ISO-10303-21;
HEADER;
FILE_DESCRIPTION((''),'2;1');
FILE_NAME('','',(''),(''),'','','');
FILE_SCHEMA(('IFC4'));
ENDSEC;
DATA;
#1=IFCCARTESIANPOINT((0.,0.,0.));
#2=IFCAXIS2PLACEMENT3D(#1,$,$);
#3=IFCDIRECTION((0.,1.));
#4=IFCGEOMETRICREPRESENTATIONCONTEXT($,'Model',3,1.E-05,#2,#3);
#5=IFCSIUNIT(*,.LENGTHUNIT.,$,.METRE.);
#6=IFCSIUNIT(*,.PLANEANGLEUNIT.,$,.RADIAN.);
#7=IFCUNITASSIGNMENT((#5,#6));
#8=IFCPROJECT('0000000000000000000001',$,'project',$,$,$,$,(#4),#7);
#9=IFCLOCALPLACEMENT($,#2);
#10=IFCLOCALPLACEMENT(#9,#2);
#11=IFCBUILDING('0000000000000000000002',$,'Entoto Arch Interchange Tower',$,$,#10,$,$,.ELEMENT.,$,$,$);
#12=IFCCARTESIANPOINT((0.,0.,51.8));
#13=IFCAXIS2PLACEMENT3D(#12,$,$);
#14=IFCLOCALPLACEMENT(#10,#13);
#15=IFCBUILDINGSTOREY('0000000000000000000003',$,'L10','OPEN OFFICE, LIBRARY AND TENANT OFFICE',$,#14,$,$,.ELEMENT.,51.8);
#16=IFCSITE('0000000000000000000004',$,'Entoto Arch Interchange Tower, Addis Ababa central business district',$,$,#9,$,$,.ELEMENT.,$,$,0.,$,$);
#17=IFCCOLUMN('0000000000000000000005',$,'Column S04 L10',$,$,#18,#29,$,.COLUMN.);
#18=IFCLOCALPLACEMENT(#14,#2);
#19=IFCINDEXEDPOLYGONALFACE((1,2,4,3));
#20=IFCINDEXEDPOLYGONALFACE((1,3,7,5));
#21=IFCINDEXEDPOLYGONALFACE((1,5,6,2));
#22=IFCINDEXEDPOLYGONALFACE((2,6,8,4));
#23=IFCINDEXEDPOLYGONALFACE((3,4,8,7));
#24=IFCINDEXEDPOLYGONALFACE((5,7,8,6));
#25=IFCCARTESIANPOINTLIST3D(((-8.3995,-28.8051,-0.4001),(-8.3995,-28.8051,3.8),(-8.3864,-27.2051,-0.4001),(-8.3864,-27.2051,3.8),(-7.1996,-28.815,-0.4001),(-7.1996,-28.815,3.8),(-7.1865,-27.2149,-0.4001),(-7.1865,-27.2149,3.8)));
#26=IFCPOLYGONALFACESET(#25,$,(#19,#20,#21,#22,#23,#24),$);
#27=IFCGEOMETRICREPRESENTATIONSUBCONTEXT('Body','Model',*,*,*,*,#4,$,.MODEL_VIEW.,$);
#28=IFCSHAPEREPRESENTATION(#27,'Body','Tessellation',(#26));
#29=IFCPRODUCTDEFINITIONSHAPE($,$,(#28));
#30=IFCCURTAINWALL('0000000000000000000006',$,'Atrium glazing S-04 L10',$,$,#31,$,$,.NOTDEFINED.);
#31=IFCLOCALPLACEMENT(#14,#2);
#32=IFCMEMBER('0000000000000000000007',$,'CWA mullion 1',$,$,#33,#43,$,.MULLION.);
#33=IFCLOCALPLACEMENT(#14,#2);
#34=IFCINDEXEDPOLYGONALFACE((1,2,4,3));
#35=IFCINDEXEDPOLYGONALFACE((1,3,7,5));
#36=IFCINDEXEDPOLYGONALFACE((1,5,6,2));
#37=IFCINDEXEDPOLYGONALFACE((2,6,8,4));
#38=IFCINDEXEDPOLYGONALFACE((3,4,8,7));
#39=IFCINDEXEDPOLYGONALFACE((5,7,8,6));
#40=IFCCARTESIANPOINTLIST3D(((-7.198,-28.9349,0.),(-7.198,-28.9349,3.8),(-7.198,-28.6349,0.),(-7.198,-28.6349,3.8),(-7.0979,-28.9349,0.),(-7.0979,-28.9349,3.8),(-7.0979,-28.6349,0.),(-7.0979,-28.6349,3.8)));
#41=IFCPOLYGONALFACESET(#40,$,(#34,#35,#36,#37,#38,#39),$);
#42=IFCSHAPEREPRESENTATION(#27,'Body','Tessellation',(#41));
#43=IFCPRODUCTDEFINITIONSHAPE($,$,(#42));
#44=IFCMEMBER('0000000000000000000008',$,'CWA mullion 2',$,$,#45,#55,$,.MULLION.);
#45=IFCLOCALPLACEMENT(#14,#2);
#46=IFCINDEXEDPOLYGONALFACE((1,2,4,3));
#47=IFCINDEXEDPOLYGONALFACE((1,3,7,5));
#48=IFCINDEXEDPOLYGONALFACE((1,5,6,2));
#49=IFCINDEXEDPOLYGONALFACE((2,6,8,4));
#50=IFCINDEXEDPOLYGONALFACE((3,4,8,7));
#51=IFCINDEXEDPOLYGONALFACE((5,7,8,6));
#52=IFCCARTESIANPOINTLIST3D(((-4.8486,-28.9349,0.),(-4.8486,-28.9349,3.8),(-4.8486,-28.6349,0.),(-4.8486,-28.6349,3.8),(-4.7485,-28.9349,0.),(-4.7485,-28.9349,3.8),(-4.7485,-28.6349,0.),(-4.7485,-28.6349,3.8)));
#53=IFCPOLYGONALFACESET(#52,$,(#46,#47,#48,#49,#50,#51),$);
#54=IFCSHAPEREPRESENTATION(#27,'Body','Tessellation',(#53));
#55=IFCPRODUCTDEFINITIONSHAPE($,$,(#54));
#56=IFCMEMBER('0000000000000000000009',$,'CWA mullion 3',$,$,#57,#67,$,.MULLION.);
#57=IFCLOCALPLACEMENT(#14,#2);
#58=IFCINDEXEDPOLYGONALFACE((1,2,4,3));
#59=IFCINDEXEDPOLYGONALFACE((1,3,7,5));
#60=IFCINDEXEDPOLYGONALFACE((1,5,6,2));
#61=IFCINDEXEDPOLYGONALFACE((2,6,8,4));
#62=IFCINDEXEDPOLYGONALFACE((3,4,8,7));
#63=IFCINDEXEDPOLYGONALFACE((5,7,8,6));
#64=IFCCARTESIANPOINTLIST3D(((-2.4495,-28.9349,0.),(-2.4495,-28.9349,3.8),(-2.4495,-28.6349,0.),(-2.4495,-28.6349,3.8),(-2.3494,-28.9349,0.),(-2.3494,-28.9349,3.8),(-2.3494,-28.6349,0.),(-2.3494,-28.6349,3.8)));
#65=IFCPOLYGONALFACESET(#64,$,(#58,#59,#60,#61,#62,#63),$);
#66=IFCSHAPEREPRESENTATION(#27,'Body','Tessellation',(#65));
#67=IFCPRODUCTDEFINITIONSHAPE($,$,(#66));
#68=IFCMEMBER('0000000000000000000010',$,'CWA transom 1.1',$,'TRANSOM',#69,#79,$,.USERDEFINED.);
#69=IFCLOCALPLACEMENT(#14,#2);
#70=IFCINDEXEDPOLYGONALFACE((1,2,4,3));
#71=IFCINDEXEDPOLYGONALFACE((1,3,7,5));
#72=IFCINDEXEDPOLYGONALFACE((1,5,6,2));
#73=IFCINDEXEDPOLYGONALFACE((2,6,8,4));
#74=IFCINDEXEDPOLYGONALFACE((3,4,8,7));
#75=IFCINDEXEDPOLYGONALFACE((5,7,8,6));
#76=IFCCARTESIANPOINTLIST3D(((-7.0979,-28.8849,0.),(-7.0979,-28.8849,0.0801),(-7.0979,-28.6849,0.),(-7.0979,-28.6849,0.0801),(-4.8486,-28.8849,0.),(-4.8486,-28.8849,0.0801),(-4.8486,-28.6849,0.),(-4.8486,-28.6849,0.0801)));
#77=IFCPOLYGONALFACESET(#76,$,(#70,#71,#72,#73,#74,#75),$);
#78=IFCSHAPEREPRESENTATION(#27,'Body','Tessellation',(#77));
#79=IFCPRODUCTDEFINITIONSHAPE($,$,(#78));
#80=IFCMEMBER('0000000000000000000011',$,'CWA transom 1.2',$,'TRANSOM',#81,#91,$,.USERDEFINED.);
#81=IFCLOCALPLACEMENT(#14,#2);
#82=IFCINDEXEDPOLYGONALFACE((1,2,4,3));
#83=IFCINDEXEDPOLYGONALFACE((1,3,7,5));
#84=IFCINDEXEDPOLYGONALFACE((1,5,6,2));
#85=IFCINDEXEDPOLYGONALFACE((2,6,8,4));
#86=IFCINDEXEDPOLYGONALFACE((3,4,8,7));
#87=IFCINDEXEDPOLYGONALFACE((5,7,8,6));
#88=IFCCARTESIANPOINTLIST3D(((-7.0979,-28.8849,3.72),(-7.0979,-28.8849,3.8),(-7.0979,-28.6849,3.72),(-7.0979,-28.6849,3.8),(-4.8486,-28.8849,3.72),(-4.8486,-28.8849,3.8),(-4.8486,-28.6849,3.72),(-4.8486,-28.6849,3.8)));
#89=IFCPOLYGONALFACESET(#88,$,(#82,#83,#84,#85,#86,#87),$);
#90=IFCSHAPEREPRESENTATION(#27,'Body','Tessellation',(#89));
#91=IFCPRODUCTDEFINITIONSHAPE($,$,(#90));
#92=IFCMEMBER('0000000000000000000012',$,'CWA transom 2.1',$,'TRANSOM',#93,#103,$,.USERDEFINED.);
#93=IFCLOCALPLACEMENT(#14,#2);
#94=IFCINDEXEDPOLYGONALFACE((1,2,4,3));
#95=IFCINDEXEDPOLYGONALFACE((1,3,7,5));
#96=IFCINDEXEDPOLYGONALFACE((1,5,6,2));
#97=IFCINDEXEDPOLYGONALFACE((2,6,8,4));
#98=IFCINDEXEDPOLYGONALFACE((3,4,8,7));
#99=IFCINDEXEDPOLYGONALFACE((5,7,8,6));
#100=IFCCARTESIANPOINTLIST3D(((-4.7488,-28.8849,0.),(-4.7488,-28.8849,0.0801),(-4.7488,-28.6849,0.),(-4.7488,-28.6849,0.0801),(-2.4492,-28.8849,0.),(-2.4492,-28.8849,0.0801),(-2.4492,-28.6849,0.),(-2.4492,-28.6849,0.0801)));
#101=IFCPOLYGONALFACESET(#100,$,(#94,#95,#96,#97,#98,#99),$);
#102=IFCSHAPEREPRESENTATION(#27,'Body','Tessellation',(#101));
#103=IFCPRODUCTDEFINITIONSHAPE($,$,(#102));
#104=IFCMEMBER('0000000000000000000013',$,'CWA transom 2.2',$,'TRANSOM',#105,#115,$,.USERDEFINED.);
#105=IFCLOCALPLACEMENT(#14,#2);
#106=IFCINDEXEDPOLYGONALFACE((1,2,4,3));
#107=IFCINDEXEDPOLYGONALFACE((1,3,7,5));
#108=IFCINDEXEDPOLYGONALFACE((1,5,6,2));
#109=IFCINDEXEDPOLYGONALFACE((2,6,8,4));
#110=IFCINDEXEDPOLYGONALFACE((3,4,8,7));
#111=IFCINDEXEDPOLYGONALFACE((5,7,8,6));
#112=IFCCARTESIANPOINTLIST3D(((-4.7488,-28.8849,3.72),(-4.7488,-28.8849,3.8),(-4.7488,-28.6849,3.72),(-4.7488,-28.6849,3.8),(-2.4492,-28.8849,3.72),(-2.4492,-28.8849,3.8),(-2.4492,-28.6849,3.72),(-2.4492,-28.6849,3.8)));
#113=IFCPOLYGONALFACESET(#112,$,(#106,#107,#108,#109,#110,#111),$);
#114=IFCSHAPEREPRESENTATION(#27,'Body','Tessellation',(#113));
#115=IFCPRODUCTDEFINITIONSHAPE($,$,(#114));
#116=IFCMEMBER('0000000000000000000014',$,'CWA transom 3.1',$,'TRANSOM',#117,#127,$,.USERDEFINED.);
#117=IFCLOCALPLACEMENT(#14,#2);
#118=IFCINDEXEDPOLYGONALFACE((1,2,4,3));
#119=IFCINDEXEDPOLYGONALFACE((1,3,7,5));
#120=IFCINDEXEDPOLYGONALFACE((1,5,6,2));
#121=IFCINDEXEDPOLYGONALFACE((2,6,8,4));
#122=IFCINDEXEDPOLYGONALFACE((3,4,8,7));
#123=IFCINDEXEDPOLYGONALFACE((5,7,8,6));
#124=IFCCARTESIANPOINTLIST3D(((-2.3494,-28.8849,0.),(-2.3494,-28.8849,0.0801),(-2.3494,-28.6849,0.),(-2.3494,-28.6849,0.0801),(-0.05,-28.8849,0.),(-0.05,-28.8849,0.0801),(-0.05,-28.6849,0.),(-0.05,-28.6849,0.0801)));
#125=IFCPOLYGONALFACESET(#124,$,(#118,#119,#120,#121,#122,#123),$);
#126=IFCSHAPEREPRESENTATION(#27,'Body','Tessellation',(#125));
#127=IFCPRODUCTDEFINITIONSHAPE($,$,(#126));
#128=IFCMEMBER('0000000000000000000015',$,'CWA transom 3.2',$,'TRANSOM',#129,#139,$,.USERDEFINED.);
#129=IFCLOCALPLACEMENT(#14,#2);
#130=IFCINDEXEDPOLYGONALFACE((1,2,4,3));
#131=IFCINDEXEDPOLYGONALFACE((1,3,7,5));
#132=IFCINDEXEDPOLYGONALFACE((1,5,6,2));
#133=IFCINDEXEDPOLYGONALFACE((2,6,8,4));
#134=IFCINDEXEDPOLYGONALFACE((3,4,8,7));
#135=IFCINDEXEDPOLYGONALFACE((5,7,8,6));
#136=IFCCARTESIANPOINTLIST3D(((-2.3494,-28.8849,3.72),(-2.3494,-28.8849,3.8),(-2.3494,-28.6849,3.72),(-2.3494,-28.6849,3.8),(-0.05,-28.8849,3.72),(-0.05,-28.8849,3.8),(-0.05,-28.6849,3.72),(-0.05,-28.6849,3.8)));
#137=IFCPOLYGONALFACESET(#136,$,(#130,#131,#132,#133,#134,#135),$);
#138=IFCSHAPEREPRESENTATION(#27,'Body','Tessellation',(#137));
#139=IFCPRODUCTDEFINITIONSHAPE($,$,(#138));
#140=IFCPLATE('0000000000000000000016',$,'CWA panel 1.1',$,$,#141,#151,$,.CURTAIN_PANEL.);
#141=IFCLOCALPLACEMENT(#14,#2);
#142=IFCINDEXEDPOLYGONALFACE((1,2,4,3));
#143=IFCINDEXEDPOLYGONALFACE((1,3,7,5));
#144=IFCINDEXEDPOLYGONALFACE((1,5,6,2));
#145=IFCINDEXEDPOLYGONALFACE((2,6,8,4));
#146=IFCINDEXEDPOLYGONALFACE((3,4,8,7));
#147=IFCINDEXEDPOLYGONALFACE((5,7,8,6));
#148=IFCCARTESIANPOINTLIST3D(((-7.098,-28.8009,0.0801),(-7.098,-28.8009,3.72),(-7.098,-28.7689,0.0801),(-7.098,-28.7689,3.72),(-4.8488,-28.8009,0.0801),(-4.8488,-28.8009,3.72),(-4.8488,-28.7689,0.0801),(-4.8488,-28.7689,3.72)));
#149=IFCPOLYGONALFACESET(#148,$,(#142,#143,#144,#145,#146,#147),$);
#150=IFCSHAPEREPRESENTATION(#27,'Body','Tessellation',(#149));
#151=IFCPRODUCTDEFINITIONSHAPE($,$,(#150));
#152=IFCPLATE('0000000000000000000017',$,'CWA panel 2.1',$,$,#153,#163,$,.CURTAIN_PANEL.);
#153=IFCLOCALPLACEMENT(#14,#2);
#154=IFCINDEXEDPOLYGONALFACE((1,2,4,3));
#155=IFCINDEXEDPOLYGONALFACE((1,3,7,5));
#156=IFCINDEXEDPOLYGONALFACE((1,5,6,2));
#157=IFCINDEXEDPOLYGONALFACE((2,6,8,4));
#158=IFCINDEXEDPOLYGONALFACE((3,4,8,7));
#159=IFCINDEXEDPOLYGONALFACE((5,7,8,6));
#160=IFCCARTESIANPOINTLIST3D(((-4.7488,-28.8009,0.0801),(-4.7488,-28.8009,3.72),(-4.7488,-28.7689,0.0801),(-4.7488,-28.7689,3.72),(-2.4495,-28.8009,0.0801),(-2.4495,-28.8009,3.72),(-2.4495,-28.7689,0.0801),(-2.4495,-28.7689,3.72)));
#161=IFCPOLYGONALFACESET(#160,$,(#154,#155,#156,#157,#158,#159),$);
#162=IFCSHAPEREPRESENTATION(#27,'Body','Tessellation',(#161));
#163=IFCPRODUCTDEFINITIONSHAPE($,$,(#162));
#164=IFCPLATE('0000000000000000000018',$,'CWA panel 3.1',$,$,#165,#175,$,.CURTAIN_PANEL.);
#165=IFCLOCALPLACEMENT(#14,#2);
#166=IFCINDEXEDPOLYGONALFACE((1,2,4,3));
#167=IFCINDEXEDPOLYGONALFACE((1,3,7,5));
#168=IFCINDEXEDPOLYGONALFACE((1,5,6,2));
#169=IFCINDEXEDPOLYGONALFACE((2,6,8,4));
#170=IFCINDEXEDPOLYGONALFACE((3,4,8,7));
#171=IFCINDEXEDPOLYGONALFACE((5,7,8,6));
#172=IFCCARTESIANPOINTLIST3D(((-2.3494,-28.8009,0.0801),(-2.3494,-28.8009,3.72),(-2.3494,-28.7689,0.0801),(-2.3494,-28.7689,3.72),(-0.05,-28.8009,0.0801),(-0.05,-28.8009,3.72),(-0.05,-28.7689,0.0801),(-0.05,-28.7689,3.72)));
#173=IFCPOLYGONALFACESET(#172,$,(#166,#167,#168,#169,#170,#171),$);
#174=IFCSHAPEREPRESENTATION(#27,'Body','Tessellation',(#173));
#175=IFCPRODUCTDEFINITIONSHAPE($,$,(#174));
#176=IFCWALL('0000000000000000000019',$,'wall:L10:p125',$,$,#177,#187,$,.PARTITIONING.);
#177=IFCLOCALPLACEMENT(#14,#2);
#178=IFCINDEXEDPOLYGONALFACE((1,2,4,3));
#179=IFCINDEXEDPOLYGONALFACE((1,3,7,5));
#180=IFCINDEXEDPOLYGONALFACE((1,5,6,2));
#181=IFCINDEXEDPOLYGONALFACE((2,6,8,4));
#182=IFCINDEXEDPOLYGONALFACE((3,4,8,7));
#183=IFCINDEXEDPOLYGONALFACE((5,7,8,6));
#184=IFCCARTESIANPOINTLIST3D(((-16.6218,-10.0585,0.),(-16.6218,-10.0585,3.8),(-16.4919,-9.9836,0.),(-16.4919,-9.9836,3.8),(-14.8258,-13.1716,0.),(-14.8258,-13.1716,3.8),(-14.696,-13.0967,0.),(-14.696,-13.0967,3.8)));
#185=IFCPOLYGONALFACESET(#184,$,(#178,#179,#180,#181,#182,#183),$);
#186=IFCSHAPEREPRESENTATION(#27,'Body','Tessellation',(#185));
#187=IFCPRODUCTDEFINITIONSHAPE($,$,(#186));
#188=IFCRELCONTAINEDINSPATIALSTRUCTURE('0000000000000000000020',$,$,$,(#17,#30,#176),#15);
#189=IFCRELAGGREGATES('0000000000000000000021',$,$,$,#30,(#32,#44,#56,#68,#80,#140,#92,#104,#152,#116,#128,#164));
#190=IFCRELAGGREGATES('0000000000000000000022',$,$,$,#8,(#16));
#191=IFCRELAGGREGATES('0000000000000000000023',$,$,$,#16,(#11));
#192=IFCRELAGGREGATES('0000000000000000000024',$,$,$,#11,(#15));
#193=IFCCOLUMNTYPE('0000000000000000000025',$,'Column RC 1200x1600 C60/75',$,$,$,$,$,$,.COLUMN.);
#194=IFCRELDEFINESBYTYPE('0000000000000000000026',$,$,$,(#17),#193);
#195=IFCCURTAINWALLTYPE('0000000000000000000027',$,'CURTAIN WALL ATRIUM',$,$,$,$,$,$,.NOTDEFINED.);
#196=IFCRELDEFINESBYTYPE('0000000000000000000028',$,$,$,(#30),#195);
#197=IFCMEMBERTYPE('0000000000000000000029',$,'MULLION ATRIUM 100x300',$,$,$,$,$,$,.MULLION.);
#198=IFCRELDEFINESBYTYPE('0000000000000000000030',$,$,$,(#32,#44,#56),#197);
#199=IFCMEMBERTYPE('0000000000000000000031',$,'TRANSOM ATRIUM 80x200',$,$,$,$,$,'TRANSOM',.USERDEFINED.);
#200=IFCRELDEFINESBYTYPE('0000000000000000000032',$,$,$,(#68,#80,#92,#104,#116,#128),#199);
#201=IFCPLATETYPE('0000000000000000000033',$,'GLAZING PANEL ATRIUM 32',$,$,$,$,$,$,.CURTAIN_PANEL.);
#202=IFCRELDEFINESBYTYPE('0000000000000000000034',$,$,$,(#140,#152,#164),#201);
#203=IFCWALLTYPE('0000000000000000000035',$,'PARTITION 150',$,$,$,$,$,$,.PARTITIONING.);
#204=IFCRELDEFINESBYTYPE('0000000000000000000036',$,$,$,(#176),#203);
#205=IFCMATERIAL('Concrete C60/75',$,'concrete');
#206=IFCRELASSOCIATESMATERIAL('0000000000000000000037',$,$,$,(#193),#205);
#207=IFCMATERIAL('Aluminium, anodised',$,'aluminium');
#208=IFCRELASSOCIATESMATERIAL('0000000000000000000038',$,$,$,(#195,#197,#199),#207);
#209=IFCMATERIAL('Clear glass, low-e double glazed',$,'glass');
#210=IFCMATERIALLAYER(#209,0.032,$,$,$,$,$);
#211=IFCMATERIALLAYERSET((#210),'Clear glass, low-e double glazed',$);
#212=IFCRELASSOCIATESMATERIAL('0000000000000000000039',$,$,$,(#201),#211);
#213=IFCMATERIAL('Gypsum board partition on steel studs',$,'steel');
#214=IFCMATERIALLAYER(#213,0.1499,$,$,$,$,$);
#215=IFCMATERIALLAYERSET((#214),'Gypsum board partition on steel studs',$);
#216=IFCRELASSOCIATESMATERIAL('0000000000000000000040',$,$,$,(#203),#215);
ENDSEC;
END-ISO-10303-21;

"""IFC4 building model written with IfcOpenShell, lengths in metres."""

from ifc_helpers import new_model, si_unit, direction, frame, frame_2d, origin, origin_2d, place, context, subcontext, project, spatial, rectangle, extrude, material, layer, layer_set, material_profile, profile_set, type_object, element, aggregate, save


model = new_model("IFC4")

# Units and contexts
model_context = context("Model", 3, precision=1e-05, world=origin(), true_north=direction((0.0, 1.0)))
body_context = subcontext(model_context, "Body", "Model", "MODEL_VIEW")
ifc_project = project(units=[si_unit("LENGTHUNIT", "METRE"), si_unit("PLANEANGLEUNIT", "RADIAN")], contexts=[model_context])

# Site, building, storey
site_placement = place(None, origin())
site = spatial("IfcSite", under=ifc_project, at=site_placement, Name="Entoto Arch Interchange Tower, Addis Ababa central business district", CompositionType="ELEMENT", RefElevation=0.0)
building_placement = place(site_placement, origin())
building = spatial("IfcBuilding", under=site, at=building_placement, Name="Entoto Arch Interchange Tower", CompositionType="ELEMENT")
storey_placement = place(building_placement, frame((0.0, 0.0, 51.8)))
storey = spatial("IfcBuildingStorey", under=building, at=storey_placement, Name="L10", Description="OPEN OFFICE, LIBRARY AND TENANT OFFICE", CompositionType="ELEMENT", Elevation=51.8)

# Column
ifc_material_1 = material(Name="Concrete C60/75", Category="concrete")
ifc_material_profile_1 = material_profile(ifc_material_1, rectangle(XDim=1.2, YDim=1.6001, at=origin_2d()))
ifc_profile_set_1 = profile_set([ifc_material_profile_1], Name="Concrete C60/75")
column_type = type_object("IfcColumnType", Name="Column RC 1200x1600 C60/75", PredefinedType="COLUMN", material=ifc_profile_set_1)
column_placement = place(storey_placement, frame((-7.793, -28.01, -0.4001), z_axis=(0.0, 0.0, 1.0), x_axis=(-0.999966, 0.008203, 0.0)))
element("IfcColumn", 1, at=column_placement, inside=storey, type_object=column_type, Name="Column S04 L10", PredefinedType="COLUMN", context=body_context, shape_type="SweptSolid", body=[
    extrude(rectangle(XDim=1.2, YDim=1.6001, at=origin_2d()), origin(), (0.0, 0.0, 1.0), 4.2002),
])

# Curtain wall, members, plates
ifc_material_2 = material(Name="Aluminium, anodised", Category="aluminium")
curtain_wall_type = type_object("IfcCurtainWallType", Name="CURTAIN WALL ATRIUM", PredefinedType="NOTDEFINED", material=ifc_material_2)
curtain_wall_placement = place(storey_placement, origin())
curtain_wall = element("IfcCurtainWall", 2, at=curtain_wall_placement, inside=storey, type_object=curtain_wall_type, Name="Atrium glazing S-04 L10", PredefinedType="NOTDEFINED")
ifc_material_profile_2 = material_profile(ifc_material_2, rectangle(XDim=0.3, YDim=0.1001, at=origin_2d()))
ifc_profile_set_2 = profile_set([ifc_material_profile_2], Name="Aluminium, anodised")
member_type_1 = type_object("IfcMemberType", Name="MULLION ATRIUM 100x300", PredefinedType="MULLION", material=ifc_profile_set_2)
member_1_placement = place(storey_placement, frame((-7.1479, -28.7849, 0.0), z_axis=(0.0, 0.0, 1.0), x_axis=(0.0, 1.0, 0.0)))
member_1 = element("IfcMember", 3, at=member_1_placement, type_object=member_type_1, Name="CWA mullion 1", PredefinedType="MULLION", context=body_context, shape_type="SweptSolid", body=[
    extrude(rectangle(XDim=0.3, YDim=0.1001, at=origin_2d()), origin(), (0.0, 0.0, 1.0), 3.8),
])
member_2_placement = place(storey_placement, frame((-4.7986, -28.7849, 0.0), z_axis=(0.0, 0.0, 1.0), x_axis=(0.0, 1.0, 0.0)))
member_2 = element("IfcMember", 4, at=member_2_placement, type_object=member_type_1, Name="CWA mullion 2", PredefinedType="MULLION", context=body_context, shape_type="SweptSolid", body=[
    extrude(rectangle(XDim=0.3, YDim=0.1001, at=origin_2d()), origin(), (0.0, 0.0, 1.0), 3.8),
])
member_3_placement = place(storey_placement, frame((-2.3994, -28.7849, 0.0), z_axis=(0.0, 0.0, 1.0), x_axis=(0.0, 1.0, 0.0)))
member_3 = element("IfcMember", 5, at=member_3_placement, type_object=member_type_1, Name="CWA mullion 3", PredefinedType="MULLION", context=body_context, shape_type="SweptSolid", body=[
    extrude(rectangle(XDim=0.3, YDim=0.1001, at=origin_2d()), origin(), (0.0, 0.0, 1.0), 3.8),
])
ifc_material_profile_3 = material_profile(ifc_material_2, rectangle(XDim=0.2, YDim=0.0801, at=origin_2d()))
ifc_profile_set_3 = profile_set([ifc_material_profile_3], Name="Aluminium, anodised")
member_type_2 = type_object("IfcMemberType", Name="TRANSOM ATRIUM 80x200", ElementType="TRANSOM", PredefinedType="USERDEFINED", material=ifc_profile_set_3)
member_4_placement = place(storey_placement, frame((-7.0979, -28.7849, 0.04), z_axis=(1.0, 0.0, 0.0), x_axis=(0.0, 1.0, 0.0)))
member_4 = element("IfcMember", 6, at=member_4_placement, type_object=member_type_2, Name="CWA transom 1.1", ObjectType="TRANSOM", PredefinedType="USERDEFINED", context=body_context, shape_type="SweptSolid", body=[
    extrude(rectangle(XDim=0.2, YDim=0.0801, at=origin_2d()), origin(), (0.0, 0.0, 1.0), 2.2493),
])
member_5_placement = place(storey_placement, frame((-7.0979, -28.7849, 3.76), z_axis=(1.0, 0.0, 0.0), x_axis=(0.0, 1.0, 0.0)))
member_5 = element("IfcMember", 7, at=member_5_placement, type_object=member_type_2, Name="CWA transom 1.2", ObjectType="TRANSOM", PredefinedType="USERDEFINED", context=body_context, shape_type="SweptSolid", body=[
    extrude(rectangle(XDim=0.2, YDim=0.0801, at=origin_2d()), origin(), (0.0, 0.0, 1.0), 2.2493),
])
member_6_placement = place(storey_placement, frame((-4.7488, -28.7849, 0.04), z_axis=(1.0, 0.0, 0.0), x_axis=(0.0, 1.0, 0.0)))
member_6 = element("IfcMember", 8, at=member_6_placement, type_object=member_type_2, Name="CWA transom 2.1", ObjectType="TRANSOM", PredefinedType="USERDEFINED", context=body_context, shape_type="SweptSolid", body=[
    extrude(rectangle(XDim=0.2, YDim=0.0801, at=origin_2d()), origin(), (0.0, 0.0, 1.0), 2.2996),
])
member_7_placement = place(storey_placement, frame((-4.7488, -28.7849, 3.76), z_axis=(1.0, 0.0, 0.0), x_axis=(0.0, 1.0, 0.0)))
member_7 = element("IfcMember", 9, at=member_7_placement, type_object=member_type_2, Name="CWA transom 2.2", ObjectType="TRANSOM", PredefinedType="USERDEFINED", context=body_context, shape_type="SweptSolid", body=[
    extrude(rectangle(XDim=0.2, YDim=0.0801, at=origin_2d()), origin(), (0.0, 0.0, 1.0), 2.2996),
])
member_8_placement = place(storey_placement, frame((-2.3494, -28.7849, 0.04), z_axis=(1.0, 0.0, 0.0), x_axis=(0.0, 1.0, 0.0)))
member_8 = element("IfcMember", 10, at=member_8_placement, type_object=member_type_2, Name="CWA transom 3.1", ObjectType="TRANSOM", PredefinedType="USERDEFINED", context=body_context, shape_type="SweptSolid", body=[
    extrude(rectangle(XDim=0.2, YDim=0.0801, at=origin_2d()), origin(), (0.0, 0.0, 1.0), 2.2993),
])
member_9_placement = place(storey_placement, frame((-2.3494, -28.7849, 3.76), z_axis=(1.0, 0.0, 0.0), x_axis=(0.0, 1.0, 0.0)))
member_9 = element("IfcMember", 11, at=member_9_placement, type_object=member_type_2, Name="CWA transom 3.2", ObjectType="TRANSOM", PredefinedType="USERDEFINED", context=body_context, shape_type="SweptSolid", body=[
    extrude(rectangle(XDim=0.2, YDim=0.0801, at=origin_2d()), origin(), (0.0, 0.0, 1.0), 2.2993),
])
ifc_material_3 = material(Name="Clear glass, low-e double glazed", Category="glass")
ifc_layer_1 = layer(ifc_material_3, 0.032)
ifc_layer_set_1 = layer_set([ifc_layer_1], Name="Clear glass, low-e double glazed")
plate_type = type_object("IfcPlateType", Name="GLAZING PANEL ATRIUM 32", PredefinedType="CURTAIN_PANEL", material=ifc_layer_set_1)
plate_1_placement = place(storey_placement, frame((-5.9734, -28.7849, 0.0801), z_axis=(0.0, 0.0, 1.0), x_axis=(1.0, 0.0, 0.0)))
plate_1 = element("IfcPlate", 12, at=plate_1_placement, type_object=plate_type, Name="CWA panel 1.1", PredefinedType="CURTAIN_PANEL", context=body_context, shape_type="SweptSolid", body=[
    extrude(rectangle(XDim=2.2493, YDim=0.032, at=origin_2d()), origin(), (0.0, 0.0, 1.0), 3.6399),
])
plate_2_placement = place(storey_placement, frame((-3.5991, -28.7849, 0.0801), z_axis=(0.0, 0.0, 1.0), x_axis=(1.0, 0.0, 0.0)))
plate_2 = element("IfcPlate", 13, at=plate_2_placement, type_object=plate_type, Name="CWA panel 2.1", PredefinedType="CURTAIN_PANEL", context=body_context, shape_type="SweptSolid", body=[
    extrude(rectangle(XDim=2.2993, YDim=0.032, at=origin_2d()), origin(), (0.0, 0.0, 1.0), 3.6399),
])
plate_3_placement = place(storey_placement, frame((-1.1997, -28.7849, 0.0801), z_axis=(0.0, 0.0, 1.0), x_axis=(1.0, 0.0, 0.0)))
plate_3 = element("IfcPlate", 14, at=plate_3_placement, type_object=plate_type, Name="CWA panel 3.1", PredefinedType="CURTAIN_PANEL", context=body_context, shape_type="SweptSolid", body=[
    extrude(rectangle(XDim=2.2993, YDim=0.032, at=origin_2d()), origin(), (0.0, 0.0, 1.0), 3.6399),
])
aggregate(curtain_wall, [member_1, member_2, member_3, member_4, member_5, plate_1, member_6, member_7, plate_2, member_8, member_9, plate_3])

# Wall
ifc_material_4 = material(Name="Gypsum board partition on steel studs", Category="steel")
ifc_layer_2 = layer(ifc_material_4, 0.1499)
ifc_layer_set_2 = layer_set([ifc_layer_2], Name="Gypsum board partition on steel studs")
wall_type_1 = type_object("IfcWallType", Name="PARTITION 150", PredefinedType="PARTITIONING", material=ifc_layer_set_2)
wall_1_placement = place(storey_placement, frame((-14.761, -13.134, 0.0), z_axis=(0.0, 0.0, 1.0), x_axis=(-0.499705, 0.866196, 0.0)))
element("IfcWall", 15, at=wall_1_placement, inside=storey, type_object=wall_type_1, Name="wall:L10:p125", PredefinedType="PARTITIONING", context=body_context, shape_type="SweptSolid", body=[
    extrude(rectangle(XDim=3.594, YDim=0.1499, at=frame_2d((1.7969, 0.0))), origin(), (0.0, 0.0, 1.0), 3.8),
])

save(model, "model.ifc")
